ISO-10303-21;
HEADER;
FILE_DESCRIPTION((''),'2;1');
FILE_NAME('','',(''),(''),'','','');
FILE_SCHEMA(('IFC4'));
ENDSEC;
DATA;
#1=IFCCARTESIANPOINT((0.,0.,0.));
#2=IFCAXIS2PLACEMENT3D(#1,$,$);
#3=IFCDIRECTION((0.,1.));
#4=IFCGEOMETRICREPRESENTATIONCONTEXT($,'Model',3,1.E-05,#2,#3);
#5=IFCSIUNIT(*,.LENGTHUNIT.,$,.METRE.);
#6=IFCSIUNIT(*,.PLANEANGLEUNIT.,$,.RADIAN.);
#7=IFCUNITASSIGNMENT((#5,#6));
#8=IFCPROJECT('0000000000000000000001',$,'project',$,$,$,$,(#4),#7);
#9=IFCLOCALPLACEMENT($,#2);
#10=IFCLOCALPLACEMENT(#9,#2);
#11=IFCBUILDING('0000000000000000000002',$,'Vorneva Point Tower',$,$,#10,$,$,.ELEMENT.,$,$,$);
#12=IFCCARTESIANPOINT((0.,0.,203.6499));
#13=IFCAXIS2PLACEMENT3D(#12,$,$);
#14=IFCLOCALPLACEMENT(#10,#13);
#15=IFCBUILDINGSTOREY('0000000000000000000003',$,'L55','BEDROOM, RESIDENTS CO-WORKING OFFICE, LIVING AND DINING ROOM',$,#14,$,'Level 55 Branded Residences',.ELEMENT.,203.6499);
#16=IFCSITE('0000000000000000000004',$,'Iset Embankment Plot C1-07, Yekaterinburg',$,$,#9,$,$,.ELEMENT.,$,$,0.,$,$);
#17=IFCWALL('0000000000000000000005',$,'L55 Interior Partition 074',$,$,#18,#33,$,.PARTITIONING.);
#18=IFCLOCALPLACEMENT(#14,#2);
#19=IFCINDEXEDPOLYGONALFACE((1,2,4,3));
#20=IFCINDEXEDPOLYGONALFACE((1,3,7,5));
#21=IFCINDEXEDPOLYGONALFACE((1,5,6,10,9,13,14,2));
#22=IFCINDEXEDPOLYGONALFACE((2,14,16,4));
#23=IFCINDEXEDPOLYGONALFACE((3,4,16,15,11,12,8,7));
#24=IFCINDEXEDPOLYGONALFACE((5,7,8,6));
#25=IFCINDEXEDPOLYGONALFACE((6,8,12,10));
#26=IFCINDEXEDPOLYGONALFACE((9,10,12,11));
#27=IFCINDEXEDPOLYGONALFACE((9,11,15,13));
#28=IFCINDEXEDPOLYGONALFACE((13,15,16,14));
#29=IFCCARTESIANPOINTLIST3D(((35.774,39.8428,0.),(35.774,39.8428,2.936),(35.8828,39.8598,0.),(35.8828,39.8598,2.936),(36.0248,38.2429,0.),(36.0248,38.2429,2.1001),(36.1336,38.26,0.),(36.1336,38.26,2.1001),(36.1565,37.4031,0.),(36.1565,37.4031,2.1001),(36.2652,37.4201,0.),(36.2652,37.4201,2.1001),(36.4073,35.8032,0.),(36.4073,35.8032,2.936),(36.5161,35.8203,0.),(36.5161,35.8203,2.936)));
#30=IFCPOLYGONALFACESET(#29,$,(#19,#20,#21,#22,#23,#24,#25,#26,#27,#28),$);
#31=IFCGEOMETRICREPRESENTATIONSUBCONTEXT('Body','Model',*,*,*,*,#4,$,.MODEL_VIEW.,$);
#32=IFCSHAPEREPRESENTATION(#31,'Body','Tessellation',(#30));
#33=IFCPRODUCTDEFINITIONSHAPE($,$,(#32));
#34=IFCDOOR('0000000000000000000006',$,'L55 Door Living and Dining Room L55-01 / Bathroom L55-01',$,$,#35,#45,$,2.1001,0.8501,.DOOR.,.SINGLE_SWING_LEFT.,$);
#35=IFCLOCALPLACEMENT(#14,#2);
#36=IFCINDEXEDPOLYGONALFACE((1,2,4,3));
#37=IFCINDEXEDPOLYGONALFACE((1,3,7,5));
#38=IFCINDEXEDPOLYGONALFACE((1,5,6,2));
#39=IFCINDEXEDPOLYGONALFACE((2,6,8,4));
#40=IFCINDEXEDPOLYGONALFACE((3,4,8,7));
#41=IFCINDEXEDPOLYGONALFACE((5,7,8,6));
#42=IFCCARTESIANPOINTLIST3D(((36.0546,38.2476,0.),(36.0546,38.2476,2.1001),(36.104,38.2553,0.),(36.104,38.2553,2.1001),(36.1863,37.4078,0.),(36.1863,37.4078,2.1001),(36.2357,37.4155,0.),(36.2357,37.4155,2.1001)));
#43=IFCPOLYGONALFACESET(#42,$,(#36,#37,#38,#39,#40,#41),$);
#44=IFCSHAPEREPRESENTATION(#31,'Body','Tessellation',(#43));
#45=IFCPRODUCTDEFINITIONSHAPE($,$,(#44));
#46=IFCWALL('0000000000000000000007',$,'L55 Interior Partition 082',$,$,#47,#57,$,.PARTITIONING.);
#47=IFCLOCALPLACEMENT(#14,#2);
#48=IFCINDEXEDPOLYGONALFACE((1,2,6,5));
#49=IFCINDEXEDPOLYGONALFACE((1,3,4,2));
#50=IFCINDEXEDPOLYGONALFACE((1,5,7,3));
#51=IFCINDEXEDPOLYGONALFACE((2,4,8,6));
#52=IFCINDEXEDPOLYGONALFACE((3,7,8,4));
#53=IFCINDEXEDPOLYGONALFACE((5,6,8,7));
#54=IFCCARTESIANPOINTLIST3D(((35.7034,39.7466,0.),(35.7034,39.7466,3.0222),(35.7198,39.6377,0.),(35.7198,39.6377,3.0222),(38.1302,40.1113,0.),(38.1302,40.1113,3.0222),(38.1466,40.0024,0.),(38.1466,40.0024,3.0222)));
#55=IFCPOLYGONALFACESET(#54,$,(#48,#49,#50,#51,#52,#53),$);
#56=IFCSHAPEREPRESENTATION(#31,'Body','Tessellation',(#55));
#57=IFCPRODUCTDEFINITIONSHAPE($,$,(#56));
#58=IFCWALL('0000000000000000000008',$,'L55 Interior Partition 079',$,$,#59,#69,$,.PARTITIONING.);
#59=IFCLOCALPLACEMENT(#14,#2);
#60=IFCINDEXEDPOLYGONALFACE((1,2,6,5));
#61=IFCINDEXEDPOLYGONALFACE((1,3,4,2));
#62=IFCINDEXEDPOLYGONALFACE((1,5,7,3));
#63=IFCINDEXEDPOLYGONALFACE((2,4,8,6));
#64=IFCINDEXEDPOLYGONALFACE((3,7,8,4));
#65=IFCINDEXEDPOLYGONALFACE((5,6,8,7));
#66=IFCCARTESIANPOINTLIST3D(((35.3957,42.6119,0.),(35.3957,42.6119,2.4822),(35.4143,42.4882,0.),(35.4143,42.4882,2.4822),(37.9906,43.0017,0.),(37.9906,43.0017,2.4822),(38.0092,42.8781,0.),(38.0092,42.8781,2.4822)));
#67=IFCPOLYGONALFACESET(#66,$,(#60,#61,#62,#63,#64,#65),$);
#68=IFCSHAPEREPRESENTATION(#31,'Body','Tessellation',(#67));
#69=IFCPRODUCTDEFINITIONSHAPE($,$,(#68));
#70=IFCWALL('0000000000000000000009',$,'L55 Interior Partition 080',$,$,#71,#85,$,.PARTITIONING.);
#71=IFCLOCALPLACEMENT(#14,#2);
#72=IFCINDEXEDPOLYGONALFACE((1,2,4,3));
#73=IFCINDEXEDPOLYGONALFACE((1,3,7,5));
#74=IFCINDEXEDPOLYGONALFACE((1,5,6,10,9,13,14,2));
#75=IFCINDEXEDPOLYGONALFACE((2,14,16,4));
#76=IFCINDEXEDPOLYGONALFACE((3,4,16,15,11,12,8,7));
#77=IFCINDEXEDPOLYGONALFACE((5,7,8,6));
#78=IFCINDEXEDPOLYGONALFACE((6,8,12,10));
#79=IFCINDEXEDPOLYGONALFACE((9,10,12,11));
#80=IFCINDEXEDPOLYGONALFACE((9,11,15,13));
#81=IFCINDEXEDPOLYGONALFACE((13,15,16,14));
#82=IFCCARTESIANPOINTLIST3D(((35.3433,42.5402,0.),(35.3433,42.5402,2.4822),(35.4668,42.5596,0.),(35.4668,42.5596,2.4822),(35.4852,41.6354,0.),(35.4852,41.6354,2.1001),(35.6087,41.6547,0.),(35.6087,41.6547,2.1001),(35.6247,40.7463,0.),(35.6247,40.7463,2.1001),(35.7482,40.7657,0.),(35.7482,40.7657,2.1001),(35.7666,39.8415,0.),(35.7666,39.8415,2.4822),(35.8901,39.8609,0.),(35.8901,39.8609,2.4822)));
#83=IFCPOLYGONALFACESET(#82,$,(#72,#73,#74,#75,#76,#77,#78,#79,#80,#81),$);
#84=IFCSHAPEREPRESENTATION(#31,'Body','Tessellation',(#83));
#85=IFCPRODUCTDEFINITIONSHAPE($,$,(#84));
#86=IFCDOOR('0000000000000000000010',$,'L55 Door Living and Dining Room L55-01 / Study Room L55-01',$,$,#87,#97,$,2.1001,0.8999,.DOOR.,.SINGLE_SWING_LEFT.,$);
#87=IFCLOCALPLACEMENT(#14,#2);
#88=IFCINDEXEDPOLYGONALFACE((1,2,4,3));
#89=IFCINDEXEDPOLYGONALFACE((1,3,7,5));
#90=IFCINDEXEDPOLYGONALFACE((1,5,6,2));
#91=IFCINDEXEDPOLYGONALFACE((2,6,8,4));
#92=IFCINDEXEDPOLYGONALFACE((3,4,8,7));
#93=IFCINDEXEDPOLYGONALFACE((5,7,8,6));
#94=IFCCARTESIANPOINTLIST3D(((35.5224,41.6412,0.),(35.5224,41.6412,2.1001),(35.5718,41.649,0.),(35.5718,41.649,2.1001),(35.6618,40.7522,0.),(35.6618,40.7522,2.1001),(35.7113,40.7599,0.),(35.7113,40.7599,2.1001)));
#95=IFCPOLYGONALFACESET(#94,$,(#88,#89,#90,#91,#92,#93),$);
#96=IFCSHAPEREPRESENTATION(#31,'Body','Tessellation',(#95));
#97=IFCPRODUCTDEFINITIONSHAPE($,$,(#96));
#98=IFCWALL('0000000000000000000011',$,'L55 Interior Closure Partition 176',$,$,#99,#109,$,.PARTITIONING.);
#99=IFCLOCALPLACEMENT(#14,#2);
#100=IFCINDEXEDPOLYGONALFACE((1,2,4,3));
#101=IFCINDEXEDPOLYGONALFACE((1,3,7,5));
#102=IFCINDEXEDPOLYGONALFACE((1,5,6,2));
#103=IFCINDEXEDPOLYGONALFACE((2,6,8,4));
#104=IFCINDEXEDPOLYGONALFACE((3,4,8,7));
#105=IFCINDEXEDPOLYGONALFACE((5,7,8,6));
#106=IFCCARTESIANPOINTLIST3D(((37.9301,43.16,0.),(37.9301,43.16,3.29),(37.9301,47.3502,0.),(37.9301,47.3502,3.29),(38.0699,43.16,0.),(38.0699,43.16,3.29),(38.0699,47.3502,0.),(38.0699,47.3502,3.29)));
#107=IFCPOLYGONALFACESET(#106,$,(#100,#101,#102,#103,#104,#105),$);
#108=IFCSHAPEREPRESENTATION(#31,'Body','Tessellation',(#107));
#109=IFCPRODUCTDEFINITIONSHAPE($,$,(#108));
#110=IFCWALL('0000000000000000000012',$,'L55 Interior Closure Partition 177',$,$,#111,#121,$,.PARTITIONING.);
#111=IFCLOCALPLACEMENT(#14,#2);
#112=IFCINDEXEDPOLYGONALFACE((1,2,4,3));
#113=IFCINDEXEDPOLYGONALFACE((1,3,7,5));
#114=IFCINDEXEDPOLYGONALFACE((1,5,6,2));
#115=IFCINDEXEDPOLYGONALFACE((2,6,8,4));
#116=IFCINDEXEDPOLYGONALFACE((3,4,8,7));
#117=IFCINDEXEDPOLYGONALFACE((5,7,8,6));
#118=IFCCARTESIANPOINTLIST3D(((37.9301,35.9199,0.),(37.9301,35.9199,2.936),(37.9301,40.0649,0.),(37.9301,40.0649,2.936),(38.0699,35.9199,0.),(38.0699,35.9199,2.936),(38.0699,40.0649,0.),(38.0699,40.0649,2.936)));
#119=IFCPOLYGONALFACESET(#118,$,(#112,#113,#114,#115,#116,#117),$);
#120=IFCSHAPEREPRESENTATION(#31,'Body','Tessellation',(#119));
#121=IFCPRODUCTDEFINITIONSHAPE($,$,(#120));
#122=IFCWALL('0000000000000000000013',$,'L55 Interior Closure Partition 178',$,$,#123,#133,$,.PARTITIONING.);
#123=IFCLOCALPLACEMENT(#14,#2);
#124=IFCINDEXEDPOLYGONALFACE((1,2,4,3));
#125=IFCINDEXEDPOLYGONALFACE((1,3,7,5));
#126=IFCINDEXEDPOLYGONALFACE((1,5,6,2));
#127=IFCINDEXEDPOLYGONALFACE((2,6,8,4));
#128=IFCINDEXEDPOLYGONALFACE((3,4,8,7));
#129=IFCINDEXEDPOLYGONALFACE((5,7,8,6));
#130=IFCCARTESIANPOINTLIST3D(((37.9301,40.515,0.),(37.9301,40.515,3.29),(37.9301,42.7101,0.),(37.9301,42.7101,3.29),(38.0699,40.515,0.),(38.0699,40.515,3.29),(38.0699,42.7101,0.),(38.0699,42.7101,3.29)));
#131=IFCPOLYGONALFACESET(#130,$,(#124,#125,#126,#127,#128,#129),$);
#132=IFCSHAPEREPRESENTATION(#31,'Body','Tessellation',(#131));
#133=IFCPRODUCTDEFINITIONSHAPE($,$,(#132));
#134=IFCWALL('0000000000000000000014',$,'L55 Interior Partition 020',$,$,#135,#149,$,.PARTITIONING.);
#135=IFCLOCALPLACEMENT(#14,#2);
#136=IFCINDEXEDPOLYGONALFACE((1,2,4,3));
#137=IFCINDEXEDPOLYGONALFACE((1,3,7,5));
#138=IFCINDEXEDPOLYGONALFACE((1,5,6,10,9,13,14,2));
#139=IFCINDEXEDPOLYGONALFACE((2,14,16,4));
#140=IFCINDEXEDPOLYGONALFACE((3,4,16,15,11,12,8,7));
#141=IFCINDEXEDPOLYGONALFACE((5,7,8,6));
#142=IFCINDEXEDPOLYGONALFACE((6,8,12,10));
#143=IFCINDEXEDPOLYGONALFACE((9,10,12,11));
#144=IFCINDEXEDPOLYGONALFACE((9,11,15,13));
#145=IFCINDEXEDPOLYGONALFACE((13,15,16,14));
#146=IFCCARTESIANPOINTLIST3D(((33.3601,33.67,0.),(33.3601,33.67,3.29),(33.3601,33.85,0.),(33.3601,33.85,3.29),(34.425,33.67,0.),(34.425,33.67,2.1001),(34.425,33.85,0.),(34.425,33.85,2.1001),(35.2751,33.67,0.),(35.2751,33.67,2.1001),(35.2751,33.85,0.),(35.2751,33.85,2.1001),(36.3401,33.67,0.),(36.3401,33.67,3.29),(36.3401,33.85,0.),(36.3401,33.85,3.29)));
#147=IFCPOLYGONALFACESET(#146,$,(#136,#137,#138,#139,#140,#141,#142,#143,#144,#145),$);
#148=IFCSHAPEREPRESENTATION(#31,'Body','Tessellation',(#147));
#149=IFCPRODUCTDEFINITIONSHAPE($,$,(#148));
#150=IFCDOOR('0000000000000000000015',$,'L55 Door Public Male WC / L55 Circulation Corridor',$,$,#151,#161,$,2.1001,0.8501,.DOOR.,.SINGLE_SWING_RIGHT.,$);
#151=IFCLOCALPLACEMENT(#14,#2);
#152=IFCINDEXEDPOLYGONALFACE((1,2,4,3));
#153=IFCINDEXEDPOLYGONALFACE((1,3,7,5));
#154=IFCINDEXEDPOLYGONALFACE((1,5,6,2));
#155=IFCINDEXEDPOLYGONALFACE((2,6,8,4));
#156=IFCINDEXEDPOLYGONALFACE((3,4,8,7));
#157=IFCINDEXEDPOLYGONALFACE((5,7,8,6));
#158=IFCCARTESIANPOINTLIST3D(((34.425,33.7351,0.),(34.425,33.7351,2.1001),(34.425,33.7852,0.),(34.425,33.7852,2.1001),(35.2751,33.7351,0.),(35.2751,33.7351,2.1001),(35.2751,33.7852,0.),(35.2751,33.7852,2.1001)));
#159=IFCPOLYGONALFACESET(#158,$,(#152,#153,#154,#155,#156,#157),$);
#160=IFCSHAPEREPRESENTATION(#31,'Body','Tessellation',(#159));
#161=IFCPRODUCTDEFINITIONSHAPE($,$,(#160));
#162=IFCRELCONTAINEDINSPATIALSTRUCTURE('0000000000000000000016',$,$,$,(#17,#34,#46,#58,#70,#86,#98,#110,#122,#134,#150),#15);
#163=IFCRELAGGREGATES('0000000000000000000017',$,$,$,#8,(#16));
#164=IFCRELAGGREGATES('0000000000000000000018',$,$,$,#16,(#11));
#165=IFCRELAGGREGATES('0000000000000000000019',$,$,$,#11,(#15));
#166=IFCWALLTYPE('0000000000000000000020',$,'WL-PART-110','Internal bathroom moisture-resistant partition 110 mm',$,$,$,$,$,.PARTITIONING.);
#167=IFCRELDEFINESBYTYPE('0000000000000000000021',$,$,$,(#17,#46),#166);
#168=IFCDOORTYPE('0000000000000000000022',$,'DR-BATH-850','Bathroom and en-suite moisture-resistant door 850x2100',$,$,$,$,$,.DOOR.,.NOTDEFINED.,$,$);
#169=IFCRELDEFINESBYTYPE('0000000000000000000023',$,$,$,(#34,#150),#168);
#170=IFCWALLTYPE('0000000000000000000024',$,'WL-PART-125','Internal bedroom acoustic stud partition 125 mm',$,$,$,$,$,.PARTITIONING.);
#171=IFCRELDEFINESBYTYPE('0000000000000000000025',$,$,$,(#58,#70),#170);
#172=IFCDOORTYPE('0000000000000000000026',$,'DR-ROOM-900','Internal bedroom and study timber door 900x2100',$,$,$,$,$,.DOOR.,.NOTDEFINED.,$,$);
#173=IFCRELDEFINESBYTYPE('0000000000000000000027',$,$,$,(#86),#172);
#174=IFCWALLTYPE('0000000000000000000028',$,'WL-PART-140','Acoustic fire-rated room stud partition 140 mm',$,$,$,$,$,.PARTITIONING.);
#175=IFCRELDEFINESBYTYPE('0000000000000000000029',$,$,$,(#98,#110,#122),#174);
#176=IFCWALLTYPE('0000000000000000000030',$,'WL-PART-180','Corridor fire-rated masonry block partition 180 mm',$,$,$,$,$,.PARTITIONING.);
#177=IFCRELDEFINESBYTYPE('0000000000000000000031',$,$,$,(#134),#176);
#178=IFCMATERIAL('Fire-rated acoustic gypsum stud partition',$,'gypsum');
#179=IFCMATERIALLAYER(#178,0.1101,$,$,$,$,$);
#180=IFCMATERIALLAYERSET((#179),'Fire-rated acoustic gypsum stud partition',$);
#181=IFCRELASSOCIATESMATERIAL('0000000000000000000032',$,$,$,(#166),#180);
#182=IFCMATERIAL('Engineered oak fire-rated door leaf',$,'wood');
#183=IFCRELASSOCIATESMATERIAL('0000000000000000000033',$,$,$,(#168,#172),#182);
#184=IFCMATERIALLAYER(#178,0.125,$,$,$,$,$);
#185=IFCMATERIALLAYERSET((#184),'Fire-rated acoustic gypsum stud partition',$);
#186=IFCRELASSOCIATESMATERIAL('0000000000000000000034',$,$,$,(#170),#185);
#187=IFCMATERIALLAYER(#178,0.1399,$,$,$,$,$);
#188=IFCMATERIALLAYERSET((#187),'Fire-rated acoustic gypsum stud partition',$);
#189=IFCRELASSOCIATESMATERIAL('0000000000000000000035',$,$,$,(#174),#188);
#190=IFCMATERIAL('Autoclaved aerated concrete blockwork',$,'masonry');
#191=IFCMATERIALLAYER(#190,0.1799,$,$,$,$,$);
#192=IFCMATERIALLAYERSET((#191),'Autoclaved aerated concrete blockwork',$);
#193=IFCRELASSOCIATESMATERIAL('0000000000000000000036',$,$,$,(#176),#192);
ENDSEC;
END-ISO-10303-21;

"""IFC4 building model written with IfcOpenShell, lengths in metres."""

from ifc_helpers import new_model, si_unit, direction, frame, frame_2d, origin, place, context, subcontext, project, spatial, rectangle, extrude, material, layer, layer_set, type_object, element, fill, save


model = new_model("IFC4")

# Units and contexts
model_context = context("Model", 3, precision=1e-05, world=origin(), true_north=direction((0.0, 1.0)))
body_context = subcontext(model_context, "Body", "Model", "MODEL_VIEW")
ifc_project = project(units=[si_unit("LENGTHUNIT", "METRE"), si_unit("PLANEANGLEUNIT", "RADIAN")], contexts=[model_context])

# Site, building, storey
site_placement = place(None, origin())
site = spatial("IfcSite", under=ifc_project, at=site_placement, Name="Iset Embankment Plot C1-07, Yekaterinburg", CompositionType="ELEMENT", RefElevation=0.0)
building_placement = place(site_placement, origin())
building = spatial("IfcBuilding", under=site, at=building_placement, Name="Vorneva Point Tower", CompositionType="ELEMENT")
storey_placement = place(building_placement, frame((0.0, 0.0, 203.6499)))
storey = spatial("IfcBuildingStorey", under=building, at=storey_placement, Name="L55", Description="BEDROOM, RESIDENTS CO-WORKING OFFICE, LIVING AND DINING ROOM", LongName="Level 55 Branded Residences", CompositionType="ELEMENT", Elevation=203.6499)

# Wall, opening, door
ifc_material_1 = material(Name="Fire-rated acoustic gypsum stud partition", Category="gypsum")
ifc_layer_1 = layer(ifc_material_1, 0.1101)
ifc_layer_set_1 = layer_set([ifc_layer_1], Name="Fire-rated acoustic gypsum stud partition")
wall_type_1 = type_object("IfcWallType", Name="WL-PART-110", Description="Internal bathroom moisture-resistant partition 110 mm", PredefinedType="PARTITIONING", material=ifc_layer_set_1)
wall_1_placement = place(storey_placement, frame((36.4617, 35.8118, 0.0), z_axis=(0.0, 0.0, 1.0), x_axis=(-0.154883, 0.987933, 0.0)))
wall_1 = element("IfcWall", 1, at=wall_1_placement, inside=storey, type_object=wall_type_1, Name="L55 Interior Partition 074", PredefinedType="PARTITIONING", context=body_context, shape_type="SweptSolid", body=[
    extrude(rectangle(XDim=4.0889, YDim=0.1101, at=frame_2d((2.0444, 0.0))), origin(), (0.0, 0.0, 1.0), 2.936),
])
opening_1_placement = place(wall_1_placement, frame((1.6194, 0.0, 0.0)))
opening_1 = element("IfcOpeningElement", 2, at=opening_1_placement, cuts=wall_1, PredefinedType="OPENING", context=body_context, shape_type="SweptSolid", body=[
    extrude(rectangle(XDim=0.8501, YDim=2.1001, at=frame_2d((0.425, 1.05))), frame((0.0, 0.0698, 0.0), z_axis=(0.0, -1.0, 0.0), x_axis=(1.0, 0.0, 0.0)), (0.0, 0.0, 1.0), 0.1399),
])
ifc_material_2 = material(Name="Engineered oak fire-rated door leaf", Category="wood")
door_type_1 = type_object("IfcDoorType", Name="DR-BATH-850", Description="Bathroom and en-suite moisture-resistant door 850x2100", OperationType="NOTDEFINED", PredefinedType="DOOR", material=ifc_material_2)
door_1_placement = place(opening_1_placement, origin())
door_1 = element("IfcDoor", 3, at=door_1_placement, inside=storey, type_object=door_type_1, Name="L55 Door Living and Dining Room L55-01 / Bathroom L55-01", OperationType="SINGLE_SWING_LEFT", OverallHeight=2.1001, OverallWidth=0.8501, PredefinedType="DOOR", context=body_context, shape_type="SweptSolid", body=[
    extrude(rectangle(XDim=0.8501, YDim=2.1001, at=frame_2d((0.425, 1.05))), frame((0.0, 0.0249, 0.0), z_axis=(0.0, -1.0, 0.0), x_axis=(1.0, 0.0, 0.0)), (0.0, 0.0, 1.0), 0.05),
])
fill(opening_1, door_1)

# Walls
wall_2_placement = place(storey_placement, frame((38.1384, 40.0569, 0.0), z_axis=(0.0, 0.0, 1.0), x_axis=(-0.988893, -0.148632, 0.0)))
element("IfcWall", 4, at=wall_2_placement, inside=storey, type_object=wall_type_1, Name="L55 Interior Partition 082", PredefinedType="PARTITIONING", context=body_context, shape_type="SweptSolid", body=[
    extrude(rectangle(XDim=2.4541, YDim=0.1101, at=frame_2d((1.2271, 0.0))), origin(), (0.0, 0.0, 1.0), 3.0222),
])
ifc_layer_2 = layer(ifc_material_1, 0.125)
ifc_layer_set_2 = layer_set([ifc_layer_2], Name="Fire-rated acoustic gypsum stud partition")
wall_type_2 = type_object("IfcWallType", Name="WL-PART-125", Description="Internal bedroom acoustic stud partition 125 mm", PredefinedType="PARTITIONING", material=ifc_layer_set_2)
wall_3_placement = place(storey_placement, frame((35.405, 42.55, 0.0), z_axis=(0.0, 0.0, 1.0), x_axis=(0.9889, 0.148582, 0.0)))
element("IfcWall", 5, at=wall_3_placement, inside=storey, type_object=wall_type_2, Name="L55 Interior Partition 079", PredefinedType="PARTITIONING", context=body_context, shape_type="SweptSolid", body=[
    extrude(rectangle(XDim=2.624, YDim=0.125, at=frame_2d((1.312, 0.0))), origin(), (0.0, 0.0, 1.0), 2.4822),
])

# Wall, opening, door
wall_4_placement = place(storey_placement, frame((35.8284, 39.8513, 0.0), z_axis=(0.0, 0.0, 1.0), x_axis=(-0.154971, 0.987919, 0.0)))
wall_4 = element("IfcWall", 6, at=wall_4_placement, inside=storey, type_object=wall_type_2, Name="L55 Interior Partition 080", PredefinedType="PARTITIONING", context=body_context, shape_type="SweptSolid", body=[
    extrude(rectangle(XDim=2.7317, YDim=0.125, at=frame_2d((1.3657, 0.0))), origin(), (0.0, 0.0, 1.0), 2.4822),
])
opening_2_placement = place(wall_4_placement, frame((0.9158, 0.0, 0.0)))
opening_2 = element("IfcOpeningElement", 7, at=opening_2_placement, cuts=wall_4, PredefinedType="OPENING", context=body_context, shape_type="SweptSolid", body=[
    extrude(rectangle(XDim=0.8999, YDim=2.1001, at=frame_2d((0.45, 1.05))), frame((0.0, 0.0774, 0.0), z_axis=(0.0, -1.0, 0.0), x_axis=(1.0, 0.0, 0.0)), (0.0, 0.0, 1.0), 0.1548),
])
door_type_2 = type_object("IfcDoorType", Name="DR-ROOM-900", Description="Internal bedroom and study timber door 900x2100", OperationType="NOTDEFINED", PredefinedType="DOOR", material=ifc_material_2)
door_2_placement = place(opening_2_placement, origin())
door_2 = element("IfcDoor", 8, at=door_2_placement, inside=storey, type_object=door_type_2, Name="L55 Door Living and Dining Room L55-01 / Study Room L55-01", OperationType="SINGLE_SWING_LEFT", OverallHeight=2.1001, OverallWidth=0.8999, PredefinedType="DOOR", context=body_context, shape_type="SweptSolid", body=[
    extrude(rectangle(XDim=0.8999, YDim=2.1001, at=frame_2d((0.45, 1.05))), frame((0.0, 0.0249, 0.0), z_axis=(0.0, -1.0, 0.0), x_axis=(1.0, 0.0, 0.0)), (0.0, 0.0, 1.0), 0.05),
])
fill(opening_2, door_2)

# Walls
ifc_layer_3 = layer(ifc_material_1, 0.1399)
ifc_layer_set_3 = layer_set([ifc_layer_3], Name="Fire-rated acoustic gypsum stud partition")
wall_type_3 = type_object("IfcWallType", Name="WL-PART-140", Description="Acoustic fire-rated room stud partition 140 mm", PredefinedType="PARTITIONING", material=ifc_layer_set_3)
wall_5_placement = place(storey_placement, frame((38.0, 43.1599, 0.0), z_axis=(0.0, 0.0, 1.0), x_axis=(0.0, 1.0, 0.0)))
element("IfcWall", 9, at=wall_5_placement, inside=storey, type_object=wall_type_3, Name="L55 Interior Closure Partition 176", PredefinedType="PARTITIONING", context=body_context, shape_type="SweptSolid", body=[
    extrude(rectangle(XDim=4.1902, YDim=0.1399, at=frame_2d((2.0952, 0.0))), origin(), (0.0, 0.0, 1.0), 3.29),
])
wall_6_placement = place(storey_placement, frame((38.0, 35.9199, 0.0), z_axis=(0.0, 0.0, 1.0), x_axis=(0.0, 1.0, 0.0)))
element("IfcWall", 10, at=wall_6_placement, inside=storey, type_object=wall_type_3, Name="L55 Interior Closure Partition 177", PredefinedType="PARTITIONING", context=body_context, shape_type="SweptSolid", body=[
    extrude(rectangle(XDim=4.145, YDim=0.1399, at=frame_2d((2.0725, 0.0))), origin(), (0.0, 0.0, 1.0), 2.936),
])
wall_7_placement = place(storey_placement, frame((38.0, 40.5149, 0.0), z_axis=(0.0, 0.0, 1.0), x_axis=(0.0, 1.0, 0.0)))
element("IfcWall", 11, at=wall_7_placement, inside=storey, type_object=wall_type_3, Name="L55 Interior Closure Partition 178", PredefinedType="PARTITIONING", context=body_context, shape_type="SweptSolid", body=[
    extrude(rectangle(XDim=2.1951, YDim=0.1399, at=frame_2d((1.0977, 0.0))), origin(), (0.0, 0.0, 1.0), 3.29),
])

# Wall, opening, door
ifc_material_3 = material(Name="Autoclaved aerated concrete blockwork", Category="masonry")
ifc_layer_4 = layer(ifc_material_3, 0.1799)
ifc_layer_set_4 = layer_set([ifc_layer_4], Name="Autoclaved aerated concrete blockwork")
wall_type_4 = type_object("IfcWallType", Name="WL-PART-180", Description="Corridor fire-rated masonry block partition 180 mm", PredefinedType="PARTITIONING", material=ifc_layer_set_4)
wall_8_placement = place(storey_placement, frame((36.3401, 33.76, 0.0), z_axis=(0.0, 0.0, 1.0), x_axis=(-1.0, 0.0, 0.0)))
wall_8 = element("IfcWall", 12, at=wall_8_placement, inside=storey, type_object=wall_type_4, Name="L55 Interior Partition 020", PredefinedType="PARTITIONING", context=body_context, shape_type="SweptSolid", body=[
    extrude(rectangle(XDim=2.98, YDim=0.1799, at=frame_2d((1.49, 0.0))), origin(), (0.0, 0.0, 1.0), 3.29),
])
opening_3_placement = place(wall_8_placement, frame((1.0649, 0.0, 0.0)))
opening_3 = element("IfcOpeningElement", 13, at=opening_3_placement, cuts=wall_8, PredefinedType="OPENING", context=body_context, shape_type="SweptSolid", body=[
    extrude(rectangle(XDim=0.8501, YDim=2.1001, at=frame_2d((0.425, 1.05))), frame((0.0, 0.105, 0.0), z_axis=(0.0, -1.0, 0.0), x_axis=(1.0, 0.0, 0.0)), (0.0, 0.0, 1.0), 0.2097),
])
door_3_placement = place(opening_3_placement, origin())
door_3 = element("IfcDoor", 14, at=door_3_placement, inside=storey, type_object=door_type_1, Name="L55 Door Public Male WC / L55 Circulation Corridor", OperationType="SINGLE_SWING_RIGHT", OverallHeight=2.1001, OverallWidth=0.8501, PredefinedType="DOOR", context=body_context, shape_type="SweptSolid", body=[
    extrude(rectangle(XDim=0.8501, YDim=2.1001, at=frame_2d((0.425, 1.05))), frame((0.0, 0.0249, 0.0), z_axis=(0.0, -1.0, 0.0), x_axis=(1.0, 0.0, 0.0)), (0.0, 0.0, 1.0), 0.05),
])
fill(opening_3, door_3)

save(model, "model.ifc")
